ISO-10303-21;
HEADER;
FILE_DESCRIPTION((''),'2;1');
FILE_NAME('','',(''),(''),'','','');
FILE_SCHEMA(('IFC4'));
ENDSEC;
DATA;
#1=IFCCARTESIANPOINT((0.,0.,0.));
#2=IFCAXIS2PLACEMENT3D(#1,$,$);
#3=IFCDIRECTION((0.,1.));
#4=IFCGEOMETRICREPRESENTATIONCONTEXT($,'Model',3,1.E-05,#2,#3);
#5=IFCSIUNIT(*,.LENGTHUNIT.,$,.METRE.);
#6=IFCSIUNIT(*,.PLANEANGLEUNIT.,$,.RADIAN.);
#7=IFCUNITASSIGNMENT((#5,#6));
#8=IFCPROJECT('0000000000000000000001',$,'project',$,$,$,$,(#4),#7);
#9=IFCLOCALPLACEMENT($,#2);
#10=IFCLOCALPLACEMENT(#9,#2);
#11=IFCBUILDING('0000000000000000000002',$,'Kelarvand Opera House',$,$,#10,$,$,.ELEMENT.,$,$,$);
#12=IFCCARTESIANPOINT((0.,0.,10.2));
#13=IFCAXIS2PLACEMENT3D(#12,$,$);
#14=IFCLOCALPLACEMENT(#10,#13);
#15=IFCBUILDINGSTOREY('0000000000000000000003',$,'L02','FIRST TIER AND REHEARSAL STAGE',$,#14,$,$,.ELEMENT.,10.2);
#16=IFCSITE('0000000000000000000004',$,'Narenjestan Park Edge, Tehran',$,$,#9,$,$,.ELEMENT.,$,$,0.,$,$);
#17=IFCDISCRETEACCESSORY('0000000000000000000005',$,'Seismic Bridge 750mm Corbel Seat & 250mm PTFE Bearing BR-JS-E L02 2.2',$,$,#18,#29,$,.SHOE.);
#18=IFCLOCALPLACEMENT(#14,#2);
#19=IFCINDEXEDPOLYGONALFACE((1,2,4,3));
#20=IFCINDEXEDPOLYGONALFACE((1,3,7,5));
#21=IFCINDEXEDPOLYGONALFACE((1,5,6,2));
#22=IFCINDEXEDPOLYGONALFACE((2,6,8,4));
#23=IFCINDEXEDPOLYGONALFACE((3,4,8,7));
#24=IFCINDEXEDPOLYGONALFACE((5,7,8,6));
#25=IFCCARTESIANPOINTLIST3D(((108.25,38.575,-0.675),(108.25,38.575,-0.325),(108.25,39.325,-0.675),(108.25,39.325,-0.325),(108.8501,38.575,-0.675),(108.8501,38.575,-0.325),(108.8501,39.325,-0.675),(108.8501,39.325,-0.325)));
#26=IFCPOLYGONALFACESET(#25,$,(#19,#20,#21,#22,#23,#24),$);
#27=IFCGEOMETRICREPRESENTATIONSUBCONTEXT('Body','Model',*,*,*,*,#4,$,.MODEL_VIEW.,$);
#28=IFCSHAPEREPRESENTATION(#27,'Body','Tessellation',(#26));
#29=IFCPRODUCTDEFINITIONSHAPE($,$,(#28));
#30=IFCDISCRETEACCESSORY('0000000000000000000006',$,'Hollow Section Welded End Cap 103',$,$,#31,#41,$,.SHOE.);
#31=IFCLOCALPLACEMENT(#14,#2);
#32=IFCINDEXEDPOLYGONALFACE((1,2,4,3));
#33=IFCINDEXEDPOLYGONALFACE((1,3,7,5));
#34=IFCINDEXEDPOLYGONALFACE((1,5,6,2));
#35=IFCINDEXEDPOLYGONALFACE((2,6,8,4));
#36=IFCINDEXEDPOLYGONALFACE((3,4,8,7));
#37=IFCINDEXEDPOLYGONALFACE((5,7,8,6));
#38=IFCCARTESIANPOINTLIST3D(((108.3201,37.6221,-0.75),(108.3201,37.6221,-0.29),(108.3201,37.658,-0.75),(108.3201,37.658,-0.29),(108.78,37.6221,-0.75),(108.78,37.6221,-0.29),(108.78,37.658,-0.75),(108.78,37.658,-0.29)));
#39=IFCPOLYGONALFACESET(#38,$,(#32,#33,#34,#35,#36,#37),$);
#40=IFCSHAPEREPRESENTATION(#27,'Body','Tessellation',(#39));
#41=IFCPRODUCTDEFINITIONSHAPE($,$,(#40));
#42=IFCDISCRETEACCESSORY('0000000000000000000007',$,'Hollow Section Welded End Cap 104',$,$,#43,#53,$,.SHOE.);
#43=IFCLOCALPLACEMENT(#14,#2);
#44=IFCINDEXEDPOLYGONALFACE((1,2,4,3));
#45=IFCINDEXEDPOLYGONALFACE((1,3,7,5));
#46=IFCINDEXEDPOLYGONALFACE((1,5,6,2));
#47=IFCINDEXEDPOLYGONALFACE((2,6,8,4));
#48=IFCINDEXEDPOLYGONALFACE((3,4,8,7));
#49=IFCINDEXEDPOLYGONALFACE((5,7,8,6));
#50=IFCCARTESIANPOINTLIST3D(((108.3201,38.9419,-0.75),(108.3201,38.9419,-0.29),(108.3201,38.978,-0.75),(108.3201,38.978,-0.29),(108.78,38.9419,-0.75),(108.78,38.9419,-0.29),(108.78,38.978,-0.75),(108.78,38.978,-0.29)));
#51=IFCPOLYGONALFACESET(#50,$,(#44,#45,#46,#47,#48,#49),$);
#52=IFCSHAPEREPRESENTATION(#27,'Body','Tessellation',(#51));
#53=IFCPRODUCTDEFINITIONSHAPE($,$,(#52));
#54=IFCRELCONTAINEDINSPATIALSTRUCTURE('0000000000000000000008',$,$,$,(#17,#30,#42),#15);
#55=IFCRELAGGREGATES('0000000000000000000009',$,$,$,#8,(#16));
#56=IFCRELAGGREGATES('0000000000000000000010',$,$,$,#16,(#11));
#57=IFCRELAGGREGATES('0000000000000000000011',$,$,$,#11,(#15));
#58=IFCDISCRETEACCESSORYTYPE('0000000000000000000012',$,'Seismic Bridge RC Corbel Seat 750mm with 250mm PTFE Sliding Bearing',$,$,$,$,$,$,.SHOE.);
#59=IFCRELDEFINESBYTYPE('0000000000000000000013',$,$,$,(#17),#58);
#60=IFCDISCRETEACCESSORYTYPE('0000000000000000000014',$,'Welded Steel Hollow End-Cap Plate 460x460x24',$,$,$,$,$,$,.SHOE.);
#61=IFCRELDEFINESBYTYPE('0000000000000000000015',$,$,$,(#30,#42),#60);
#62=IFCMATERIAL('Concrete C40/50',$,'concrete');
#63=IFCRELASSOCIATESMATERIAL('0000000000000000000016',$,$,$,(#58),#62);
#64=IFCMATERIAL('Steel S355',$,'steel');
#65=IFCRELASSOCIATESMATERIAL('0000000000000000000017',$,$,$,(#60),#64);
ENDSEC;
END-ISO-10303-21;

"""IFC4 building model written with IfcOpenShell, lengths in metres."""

from ifc_helpers import new_model, si_unit, direction, frame, origin, origin_2d, place, context, subcontext, project, spatial, rectangle, extrude, material, material_profile, profile_set, type_object, element, save


model = new_model("IFC4")

# Units and contexts
model_context = context("Model", 3, precision=1e-05, world=origin(), true_north=direction((0.0, 1.0)))
body_context = subcontext(model_context, "Body", "Model", "MODEL_VIEW")
ifc_project = project(units=[si_unit("LENGTHUNIT", "METRE"), si_unit("PLANEANGLEUNIT", "RADIAN")], contexts=[model_context])

# Site, building, storey
site_placement = place(None, origin())
site = spatial("IfcSite", under=ifc_project, at=site_placement, Name="Narenjestan Park Edge, Tehran", CompositionType="ELEMENT", RefElevation=0.0)
building_placement = place(site_placement, origin())
building = spatial("IfcBuilding", under=site, at=building_placement, Name="Kelarvand Opera House", CompositionType="ELEMENT")
storey_placement = place(building_placement, frame((0.0, 0.0, 10.2)))
storey = spatial("IfcBuildingStorey", under=building, at=storey_placement, Name="L02", Description="FIRST TIER AND REHEARSAL STAGE", CompositionType="ELEMENT", Elevation=10.2)

# Shared definitions
ifc_material_1 = material(Name="Concrete C40/50", Category="concrete")

# Shared definitions
ifc_material_2 = material(Name="Steel S355", Category="steel")

# Discrete accessories
discrete_accessory_type_1 = type_object("IfcDiscreteAccessoryType", Name="Seismic Bridge RC Corbel Seat 750mm with 250mm PTFE Sliding Bearing", PredefinedType="SHOE", material=ifc_material_1)
for number, where, z_axis, x_axis, name in (
    (1, (108.55, 38.95, -0.675), (0.0, 0.0, 1.0), (0.0, 1.0, 0.0), "Seismic Bridge 750mm Corbel Seat & 250mm PTFE Bearing BR-JS-E L02 2.2"),
):
    element("IfcDiscreteAccessory", number, at=place(storey_placement, frame(where, z_axis=z_axis, x_axis=x_axis)), inside=storey, type_object=discrete_accessory_type_1, Name=name, PredefinedType="SHOE", context=body_context, shape_type="SweptSolid", body=[
        extrude(rectangle(XDim=0.75, YDim=0.6001, at=origin_2d()), origin(), (0.0, 0.0, 1.0), 0.3501),
    ])
ifc_material_profile_1 = material_profile(ifc_material_2, rectangle(XDim=0.46, YDim=0.46, at=origin_2d()), Name="Welded Steel Hollow End-Cap Plate 460x460x24", Category="steel")
ifc_profile_set_1 = profile_set([ifc_material_profile_1], Name="Steel S355")
discrete_accessory_type_2 = type_object("IfcDiscreteAccessoryType", Name="Welded Steel Hollow End-Cap Plate 460x460x24", PredefinedType="SHOE", material=ifc_profile_set_1)
discrete_accessory_1_placement = place(storey_placement, frame((108.55, 37.658, -0.52), z_axis=(0.0, -1.0, 0.0), x_axis=(1.0, 0.0, 0.0)))
element("IfcDiscreteAccessory", 2, at=discrete_accessory_1_placement, inside=storey, type_object=discrete_accessory_type_2, Name="Hollow Section Welded End Cap 103", PredefinedType="SHOE", context=body_context, shape_type="SweptSolid", body=[
    extrude(rectangle(XDim=0.46, YDim=0.46, at=origin_2d()), origin(), (0.0, 0.0, 1.0), 0.0359),
])
discrete_accessory_2_placement = place(storey_placement, frame((108.55, 38.9419, -0.52), z_axis=(0.0, 1.0, 0.0), x_axis=(-1.0, 0.0, 0.0)))
element("IfcDiscreteAccessory", 3, at=discrete_accessory_2_placement, inside=storey, type_object=discrete_accessory_type_2, Name="Hollow Section Welded End Cap 104", PredefinedType="SHOE", context=body_context, shape_type="SweptSolid", body=[
    extrude(rectangle(XDim=0.46, YDim=0.46, at=origin_2d()), origin(), (0.0, 0.0, 1.0), 0.0361),
])

save(model, "model.ifc")
